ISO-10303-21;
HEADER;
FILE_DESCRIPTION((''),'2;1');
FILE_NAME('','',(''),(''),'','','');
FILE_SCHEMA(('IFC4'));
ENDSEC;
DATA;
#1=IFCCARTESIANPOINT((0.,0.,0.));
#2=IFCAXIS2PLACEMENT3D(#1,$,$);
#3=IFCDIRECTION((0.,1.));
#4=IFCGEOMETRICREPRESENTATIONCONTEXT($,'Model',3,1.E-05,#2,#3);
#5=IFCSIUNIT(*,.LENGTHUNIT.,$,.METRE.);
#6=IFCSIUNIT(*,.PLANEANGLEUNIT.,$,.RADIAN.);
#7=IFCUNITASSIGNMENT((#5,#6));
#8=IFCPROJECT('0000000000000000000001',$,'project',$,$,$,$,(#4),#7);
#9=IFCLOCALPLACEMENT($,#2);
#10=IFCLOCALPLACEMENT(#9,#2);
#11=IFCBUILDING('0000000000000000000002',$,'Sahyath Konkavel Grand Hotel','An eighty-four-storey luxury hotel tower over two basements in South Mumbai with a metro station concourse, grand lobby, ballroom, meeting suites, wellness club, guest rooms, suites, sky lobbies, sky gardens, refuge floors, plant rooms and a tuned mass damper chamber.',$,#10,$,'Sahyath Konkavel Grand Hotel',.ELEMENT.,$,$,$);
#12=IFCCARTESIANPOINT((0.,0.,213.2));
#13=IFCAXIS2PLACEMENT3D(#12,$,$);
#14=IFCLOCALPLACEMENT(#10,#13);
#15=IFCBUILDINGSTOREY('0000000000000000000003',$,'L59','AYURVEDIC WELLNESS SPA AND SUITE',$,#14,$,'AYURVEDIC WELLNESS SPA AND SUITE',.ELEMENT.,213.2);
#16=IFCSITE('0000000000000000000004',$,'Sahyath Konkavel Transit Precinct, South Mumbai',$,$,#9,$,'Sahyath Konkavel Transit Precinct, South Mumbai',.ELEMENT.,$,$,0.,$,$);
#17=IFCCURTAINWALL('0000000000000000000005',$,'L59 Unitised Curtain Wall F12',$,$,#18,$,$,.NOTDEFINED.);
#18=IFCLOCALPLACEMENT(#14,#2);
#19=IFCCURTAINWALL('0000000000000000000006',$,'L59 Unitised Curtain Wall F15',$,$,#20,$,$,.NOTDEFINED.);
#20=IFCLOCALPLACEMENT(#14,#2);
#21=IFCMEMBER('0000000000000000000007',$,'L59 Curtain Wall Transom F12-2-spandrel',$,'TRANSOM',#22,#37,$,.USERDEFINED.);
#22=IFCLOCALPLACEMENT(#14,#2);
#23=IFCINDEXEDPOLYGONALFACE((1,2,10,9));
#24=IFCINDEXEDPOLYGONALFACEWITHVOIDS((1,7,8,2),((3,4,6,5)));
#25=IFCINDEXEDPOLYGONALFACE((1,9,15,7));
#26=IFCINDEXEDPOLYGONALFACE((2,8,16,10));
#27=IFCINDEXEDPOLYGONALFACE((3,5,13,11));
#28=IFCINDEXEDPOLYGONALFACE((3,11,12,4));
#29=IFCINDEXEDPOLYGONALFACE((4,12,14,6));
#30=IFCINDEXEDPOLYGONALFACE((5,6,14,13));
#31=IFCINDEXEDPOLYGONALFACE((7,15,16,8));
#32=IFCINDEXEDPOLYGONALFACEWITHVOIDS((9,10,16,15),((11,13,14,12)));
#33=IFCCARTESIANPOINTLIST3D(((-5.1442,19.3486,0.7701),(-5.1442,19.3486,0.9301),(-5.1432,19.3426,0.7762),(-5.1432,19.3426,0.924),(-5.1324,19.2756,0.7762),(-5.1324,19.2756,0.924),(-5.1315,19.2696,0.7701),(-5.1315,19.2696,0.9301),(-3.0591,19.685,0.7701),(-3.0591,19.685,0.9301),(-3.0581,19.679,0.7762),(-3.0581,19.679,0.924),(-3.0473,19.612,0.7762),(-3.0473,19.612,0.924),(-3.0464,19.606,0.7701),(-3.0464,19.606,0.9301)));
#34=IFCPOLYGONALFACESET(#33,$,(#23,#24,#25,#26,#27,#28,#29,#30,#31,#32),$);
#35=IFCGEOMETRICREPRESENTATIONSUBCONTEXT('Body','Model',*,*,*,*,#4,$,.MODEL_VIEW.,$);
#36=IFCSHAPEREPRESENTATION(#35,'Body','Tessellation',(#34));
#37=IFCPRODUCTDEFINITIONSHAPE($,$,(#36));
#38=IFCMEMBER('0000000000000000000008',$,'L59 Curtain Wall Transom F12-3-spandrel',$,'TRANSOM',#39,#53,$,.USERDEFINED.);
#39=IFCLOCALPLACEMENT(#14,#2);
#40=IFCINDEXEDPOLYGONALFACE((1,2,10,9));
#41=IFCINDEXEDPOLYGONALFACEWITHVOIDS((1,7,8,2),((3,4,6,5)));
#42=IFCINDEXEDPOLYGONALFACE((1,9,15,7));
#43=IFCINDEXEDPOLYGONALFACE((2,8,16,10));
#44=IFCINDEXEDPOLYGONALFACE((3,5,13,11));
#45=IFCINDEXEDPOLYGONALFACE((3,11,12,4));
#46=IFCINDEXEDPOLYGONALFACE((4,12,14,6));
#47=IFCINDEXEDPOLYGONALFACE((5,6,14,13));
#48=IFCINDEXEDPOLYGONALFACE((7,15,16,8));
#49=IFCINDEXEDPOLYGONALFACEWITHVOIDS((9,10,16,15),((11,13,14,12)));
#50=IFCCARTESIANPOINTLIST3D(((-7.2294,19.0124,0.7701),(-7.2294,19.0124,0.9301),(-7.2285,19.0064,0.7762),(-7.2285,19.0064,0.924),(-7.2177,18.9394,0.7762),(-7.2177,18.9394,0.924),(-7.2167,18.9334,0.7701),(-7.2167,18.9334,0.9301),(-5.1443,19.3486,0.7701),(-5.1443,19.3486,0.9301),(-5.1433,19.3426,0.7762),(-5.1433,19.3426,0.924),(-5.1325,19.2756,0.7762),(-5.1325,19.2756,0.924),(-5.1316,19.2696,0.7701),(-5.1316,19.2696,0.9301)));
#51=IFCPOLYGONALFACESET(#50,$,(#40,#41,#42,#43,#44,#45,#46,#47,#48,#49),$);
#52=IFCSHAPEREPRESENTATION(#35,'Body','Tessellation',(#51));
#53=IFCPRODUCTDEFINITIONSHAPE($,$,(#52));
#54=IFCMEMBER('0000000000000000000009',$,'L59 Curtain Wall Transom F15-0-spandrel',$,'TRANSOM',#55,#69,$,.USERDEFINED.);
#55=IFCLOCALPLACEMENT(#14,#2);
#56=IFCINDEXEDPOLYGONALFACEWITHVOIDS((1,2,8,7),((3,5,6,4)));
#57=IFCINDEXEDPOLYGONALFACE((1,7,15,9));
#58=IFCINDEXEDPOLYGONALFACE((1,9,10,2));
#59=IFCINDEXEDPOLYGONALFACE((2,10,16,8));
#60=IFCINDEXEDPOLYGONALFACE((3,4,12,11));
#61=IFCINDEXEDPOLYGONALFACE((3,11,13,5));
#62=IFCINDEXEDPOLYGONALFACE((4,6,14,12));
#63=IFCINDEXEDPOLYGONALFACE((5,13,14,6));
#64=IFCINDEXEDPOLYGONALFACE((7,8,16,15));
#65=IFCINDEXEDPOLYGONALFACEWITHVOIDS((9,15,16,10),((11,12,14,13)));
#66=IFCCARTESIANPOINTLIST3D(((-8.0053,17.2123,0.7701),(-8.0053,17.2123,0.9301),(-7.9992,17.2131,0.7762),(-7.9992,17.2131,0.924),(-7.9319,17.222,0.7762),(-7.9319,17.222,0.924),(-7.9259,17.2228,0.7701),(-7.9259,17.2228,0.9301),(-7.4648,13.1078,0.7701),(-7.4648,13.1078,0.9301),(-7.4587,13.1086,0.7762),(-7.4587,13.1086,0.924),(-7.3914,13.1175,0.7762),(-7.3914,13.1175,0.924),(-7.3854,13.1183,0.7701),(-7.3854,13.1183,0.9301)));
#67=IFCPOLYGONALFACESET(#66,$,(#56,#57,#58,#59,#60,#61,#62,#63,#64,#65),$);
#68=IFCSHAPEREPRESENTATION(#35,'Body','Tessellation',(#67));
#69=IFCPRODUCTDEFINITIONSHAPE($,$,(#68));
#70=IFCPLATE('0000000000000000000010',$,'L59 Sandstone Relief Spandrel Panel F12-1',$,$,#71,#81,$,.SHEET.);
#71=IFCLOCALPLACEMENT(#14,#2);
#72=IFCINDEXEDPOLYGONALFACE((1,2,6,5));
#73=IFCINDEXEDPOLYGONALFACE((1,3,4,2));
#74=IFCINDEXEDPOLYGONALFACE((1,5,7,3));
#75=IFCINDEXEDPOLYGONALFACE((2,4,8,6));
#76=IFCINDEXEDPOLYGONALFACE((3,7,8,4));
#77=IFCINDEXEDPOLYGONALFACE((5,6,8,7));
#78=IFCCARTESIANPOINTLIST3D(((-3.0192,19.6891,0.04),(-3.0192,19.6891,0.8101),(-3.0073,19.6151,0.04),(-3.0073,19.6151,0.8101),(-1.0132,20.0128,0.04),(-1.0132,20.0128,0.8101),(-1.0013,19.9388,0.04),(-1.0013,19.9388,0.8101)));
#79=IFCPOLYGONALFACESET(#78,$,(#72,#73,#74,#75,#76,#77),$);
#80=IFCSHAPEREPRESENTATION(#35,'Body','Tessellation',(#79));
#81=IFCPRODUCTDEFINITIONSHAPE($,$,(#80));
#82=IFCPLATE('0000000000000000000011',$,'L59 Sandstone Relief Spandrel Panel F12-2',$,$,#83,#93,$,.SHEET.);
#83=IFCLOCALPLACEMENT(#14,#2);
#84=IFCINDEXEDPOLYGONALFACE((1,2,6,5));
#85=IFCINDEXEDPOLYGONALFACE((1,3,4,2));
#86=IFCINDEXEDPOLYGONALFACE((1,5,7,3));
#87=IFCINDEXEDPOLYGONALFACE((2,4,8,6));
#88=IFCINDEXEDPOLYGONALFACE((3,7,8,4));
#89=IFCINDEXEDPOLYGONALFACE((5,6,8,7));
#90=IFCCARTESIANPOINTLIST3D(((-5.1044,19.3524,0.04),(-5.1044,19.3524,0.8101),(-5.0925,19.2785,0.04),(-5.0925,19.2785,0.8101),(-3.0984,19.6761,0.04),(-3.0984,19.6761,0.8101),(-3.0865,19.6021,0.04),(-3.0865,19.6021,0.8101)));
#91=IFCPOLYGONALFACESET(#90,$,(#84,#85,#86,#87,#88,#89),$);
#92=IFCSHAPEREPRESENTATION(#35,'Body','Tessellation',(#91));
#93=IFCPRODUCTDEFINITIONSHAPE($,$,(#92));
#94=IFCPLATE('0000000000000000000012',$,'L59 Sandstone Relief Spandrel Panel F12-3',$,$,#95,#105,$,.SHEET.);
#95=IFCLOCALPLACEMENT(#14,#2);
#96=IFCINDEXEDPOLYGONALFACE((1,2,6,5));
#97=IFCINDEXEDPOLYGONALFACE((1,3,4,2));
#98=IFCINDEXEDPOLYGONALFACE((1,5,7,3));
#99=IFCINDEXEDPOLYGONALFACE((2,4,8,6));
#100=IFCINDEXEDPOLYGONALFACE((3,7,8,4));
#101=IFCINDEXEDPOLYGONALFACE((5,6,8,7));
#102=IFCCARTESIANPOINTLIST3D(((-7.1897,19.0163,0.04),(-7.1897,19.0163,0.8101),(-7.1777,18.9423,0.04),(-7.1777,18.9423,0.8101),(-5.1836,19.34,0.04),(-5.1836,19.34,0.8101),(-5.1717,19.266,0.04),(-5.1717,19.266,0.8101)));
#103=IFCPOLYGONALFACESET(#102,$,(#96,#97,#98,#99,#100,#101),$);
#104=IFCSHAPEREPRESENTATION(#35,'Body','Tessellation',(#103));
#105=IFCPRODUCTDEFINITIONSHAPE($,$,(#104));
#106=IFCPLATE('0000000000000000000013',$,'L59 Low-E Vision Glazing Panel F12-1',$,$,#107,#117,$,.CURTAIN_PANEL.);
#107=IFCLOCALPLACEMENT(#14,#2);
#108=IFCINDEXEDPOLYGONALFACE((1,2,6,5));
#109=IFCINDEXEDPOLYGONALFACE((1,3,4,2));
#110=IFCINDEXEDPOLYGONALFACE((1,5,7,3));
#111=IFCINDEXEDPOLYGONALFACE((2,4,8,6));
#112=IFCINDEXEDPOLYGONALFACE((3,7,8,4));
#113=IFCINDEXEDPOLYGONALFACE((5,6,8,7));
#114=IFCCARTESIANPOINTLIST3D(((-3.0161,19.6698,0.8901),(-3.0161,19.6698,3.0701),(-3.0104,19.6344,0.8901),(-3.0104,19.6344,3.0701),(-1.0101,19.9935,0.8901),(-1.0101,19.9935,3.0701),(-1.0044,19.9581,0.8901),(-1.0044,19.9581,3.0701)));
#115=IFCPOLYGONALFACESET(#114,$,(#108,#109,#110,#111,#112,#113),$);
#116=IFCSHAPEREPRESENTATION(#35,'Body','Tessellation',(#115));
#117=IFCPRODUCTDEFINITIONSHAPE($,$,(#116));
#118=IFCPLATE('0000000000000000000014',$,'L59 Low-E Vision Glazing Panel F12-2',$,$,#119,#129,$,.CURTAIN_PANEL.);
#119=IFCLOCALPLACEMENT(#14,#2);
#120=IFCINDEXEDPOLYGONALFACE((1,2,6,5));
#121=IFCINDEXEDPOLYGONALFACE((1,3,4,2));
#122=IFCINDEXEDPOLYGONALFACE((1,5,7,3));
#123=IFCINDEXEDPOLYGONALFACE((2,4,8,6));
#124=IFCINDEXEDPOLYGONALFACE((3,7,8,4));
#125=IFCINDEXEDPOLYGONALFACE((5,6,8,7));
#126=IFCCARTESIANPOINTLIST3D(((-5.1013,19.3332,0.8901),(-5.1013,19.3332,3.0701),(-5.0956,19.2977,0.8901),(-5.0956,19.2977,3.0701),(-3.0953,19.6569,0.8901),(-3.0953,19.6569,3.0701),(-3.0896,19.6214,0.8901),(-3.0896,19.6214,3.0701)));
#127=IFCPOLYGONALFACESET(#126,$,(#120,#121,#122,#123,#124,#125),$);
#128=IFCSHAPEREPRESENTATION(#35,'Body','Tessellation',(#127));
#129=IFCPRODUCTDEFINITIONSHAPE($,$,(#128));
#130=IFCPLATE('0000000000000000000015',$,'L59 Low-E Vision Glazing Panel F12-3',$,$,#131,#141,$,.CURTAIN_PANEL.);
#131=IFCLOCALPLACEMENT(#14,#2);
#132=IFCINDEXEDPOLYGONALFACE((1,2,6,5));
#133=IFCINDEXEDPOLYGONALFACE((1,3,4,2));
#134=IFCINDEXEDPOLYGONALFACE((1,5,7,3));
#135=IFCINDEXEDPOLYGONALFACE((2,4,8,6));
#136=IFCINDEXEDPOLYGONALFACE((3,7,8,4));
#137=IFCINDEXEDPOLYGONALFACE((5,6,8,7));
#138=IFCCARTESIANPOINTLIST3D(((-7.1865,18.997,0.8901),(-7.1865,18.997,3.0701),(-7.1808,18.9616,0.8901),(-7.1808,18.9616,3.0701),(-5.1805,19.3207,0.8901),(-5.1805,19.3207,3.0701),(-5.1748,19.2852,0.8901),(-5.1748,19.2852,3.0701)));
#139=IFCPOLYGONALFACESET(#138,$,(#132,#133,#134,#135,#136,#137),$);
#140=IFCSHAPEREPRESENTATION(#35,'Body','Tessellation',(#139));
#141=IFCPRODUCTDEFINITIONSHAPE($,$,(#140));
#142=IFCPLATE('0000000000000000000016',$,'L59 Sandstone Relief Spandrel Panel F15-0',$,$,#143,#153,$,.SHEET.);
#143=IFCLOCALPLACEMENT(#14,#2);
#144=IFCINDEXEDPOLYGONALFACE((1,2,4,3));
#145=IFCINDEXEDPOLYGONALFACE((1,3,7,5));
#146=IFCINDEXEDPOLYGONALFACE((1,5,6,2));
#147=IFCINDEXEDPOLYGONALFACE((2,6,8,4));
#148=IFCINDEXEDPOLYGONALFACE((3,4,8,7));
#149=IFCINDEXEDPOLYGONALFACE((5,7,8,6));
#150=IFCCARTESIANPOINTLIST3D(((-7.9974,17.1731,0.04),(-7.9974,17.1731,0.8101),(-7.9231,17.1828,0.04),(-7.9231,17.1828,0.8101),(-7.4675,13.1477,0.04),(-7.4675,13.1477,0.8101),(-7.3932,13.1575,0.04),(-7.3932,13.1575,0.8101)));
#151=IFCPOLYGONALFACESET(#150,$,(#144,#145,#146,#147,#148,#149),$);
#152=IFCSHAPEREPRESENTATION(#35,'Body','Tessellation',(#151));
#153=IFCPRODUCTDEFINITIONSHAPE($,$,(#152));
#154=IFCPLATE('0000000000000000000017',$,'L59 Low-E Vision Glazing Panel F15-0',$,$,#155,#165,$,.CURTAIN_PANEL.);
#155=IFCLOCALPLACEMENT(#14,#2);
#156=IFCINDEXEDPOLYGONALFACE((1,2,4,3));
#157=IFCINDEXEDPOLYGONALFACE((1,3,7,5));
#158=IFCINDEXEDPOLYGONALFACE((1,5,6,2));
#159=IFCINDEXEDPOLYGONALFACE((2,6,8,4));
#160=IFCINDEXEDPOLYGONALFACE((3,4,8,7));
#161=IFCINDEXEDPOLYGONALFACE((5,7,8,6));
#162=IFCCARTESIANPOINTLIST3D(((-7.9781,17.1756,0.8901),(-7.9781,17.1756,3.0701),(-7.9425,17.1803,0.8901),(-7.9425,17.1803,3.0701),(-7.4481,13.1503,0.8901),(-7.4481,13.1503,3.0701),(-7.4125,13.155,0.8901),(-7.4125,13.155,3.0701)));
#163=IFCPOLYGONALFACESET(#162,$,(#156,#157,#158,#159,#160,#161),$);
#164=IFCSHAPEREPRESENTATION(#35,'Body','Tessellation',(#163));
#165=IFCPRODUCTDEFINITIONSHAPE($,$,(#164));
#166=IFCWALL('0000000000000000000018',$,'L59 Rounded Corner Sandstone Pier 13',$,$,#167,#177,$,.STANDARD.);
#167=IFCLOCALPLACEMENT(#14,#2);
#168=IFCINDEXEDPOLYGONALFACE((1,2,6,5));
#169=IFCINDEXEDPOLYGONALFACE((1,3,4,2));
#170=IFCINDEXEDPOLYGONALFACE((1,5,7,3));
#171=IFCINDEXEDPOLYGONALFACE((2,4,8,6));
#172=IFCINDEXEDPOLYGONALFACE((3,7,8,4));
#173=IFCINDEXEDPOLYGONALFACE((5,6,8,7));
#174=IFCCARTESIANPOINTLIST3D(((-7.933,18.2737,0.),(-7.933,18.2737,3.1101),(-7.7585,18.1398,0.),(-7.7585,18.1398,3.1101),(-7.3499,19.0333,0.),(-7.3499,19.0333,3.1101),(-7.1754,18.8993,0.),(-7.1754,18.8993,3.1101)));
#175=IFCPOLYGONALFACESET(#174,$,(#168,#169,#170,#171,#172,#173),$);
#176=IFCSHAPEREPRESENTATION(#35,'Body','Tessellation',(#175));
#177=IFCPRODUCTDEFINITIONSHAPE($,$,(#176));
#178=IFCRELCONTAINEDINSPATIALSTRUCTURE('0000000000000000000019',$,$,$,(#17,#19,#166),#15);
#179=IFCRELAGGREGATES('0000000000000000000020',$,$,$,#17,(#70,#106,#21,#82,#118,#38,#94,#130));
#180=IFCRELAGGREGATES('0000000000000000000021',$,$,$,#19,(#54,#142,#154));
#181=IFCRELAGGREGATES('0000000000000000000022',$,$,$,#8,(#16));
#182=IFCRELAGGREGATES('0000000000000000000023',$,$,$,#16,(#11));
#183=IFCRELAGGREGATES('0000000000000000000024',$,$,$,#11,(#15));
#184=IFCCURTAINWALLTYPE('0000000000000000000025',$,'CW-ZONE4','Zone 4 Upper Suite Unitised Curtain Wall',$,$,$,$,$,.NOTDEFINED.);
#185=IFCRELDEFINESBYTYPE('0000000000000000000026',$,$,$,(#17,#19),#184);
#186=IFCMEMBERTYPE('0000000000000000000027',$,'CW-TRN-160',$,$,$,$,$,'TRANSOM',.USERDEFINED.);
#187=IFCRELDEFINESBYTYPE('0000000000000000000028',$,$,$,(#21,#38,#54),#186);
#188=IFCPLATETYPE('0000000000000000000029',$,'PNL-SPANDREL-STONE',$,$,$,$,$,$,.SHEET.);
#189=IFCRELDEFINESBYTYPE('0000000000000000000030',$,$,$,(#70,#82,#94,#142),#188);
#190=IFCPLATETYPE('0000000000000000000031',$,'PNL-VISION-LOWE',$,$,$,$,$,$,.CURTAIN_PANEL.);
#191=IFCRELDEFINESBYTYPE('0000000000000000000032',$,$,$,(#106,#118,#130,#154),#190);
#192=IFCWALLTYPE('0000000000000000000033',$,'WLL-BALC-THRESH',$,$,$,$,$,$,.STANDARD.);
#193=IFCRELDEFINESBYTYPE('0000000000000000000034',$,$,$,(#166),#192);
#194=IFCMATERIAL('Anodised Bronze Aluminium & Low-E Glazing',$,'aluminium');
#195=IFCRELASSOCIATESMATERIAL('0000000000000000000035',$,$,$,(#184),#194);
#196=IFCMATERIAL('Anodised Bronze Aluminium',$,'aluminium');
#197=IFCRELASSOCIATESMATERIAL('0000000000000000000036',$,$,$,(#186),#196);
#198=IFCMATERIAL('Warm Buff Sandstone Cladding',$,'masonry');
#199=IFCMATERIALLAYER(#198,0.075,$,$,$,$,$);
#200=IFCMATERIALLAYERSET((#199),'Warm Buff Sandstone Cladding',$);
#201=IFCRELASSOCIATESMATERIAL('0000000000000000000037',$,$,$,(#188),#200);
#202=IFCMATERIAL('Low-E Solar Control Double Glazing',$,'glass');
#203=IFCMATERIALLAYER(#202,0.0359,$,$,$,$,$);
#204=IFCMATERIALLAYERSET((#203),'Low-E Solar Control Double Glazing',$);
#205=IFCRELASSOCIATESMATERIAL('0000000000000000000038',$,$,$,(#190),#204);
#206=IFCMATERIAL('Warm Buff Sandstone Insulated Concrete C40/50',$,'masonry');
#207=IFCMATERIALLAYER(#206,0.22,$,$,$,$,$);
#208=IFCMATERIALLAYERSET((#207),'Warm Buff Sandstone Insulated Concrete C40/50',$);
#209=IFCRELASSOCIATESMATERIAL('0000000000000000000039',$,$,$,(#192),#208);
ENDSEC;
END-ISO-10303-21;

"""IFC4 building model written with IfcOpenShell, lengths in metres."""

from ifc_helpers import new_model, si_unit, direction, frame, frame_2d, origin, origin_2d, place, context, subcontext, project, spatial, rectangle, hollow_rectangle, extrude, source, transform, mapped, material, layer, layer_set, material_profile, profile_set, type_object, element, aggregate, save


model = new_model("IFC4")

# Units and contexts
model_context = context("Model", 3, precision=1e-05, world=origin(), true_north=direction((0.0, 1.0)))
body_context = subcontext(model_context, "Body", "Model", "MODEL_VIEW")
ifc_project = project(units=[si_unit("LENGTHUNIT", "METRE"), si_unit("PLANEANGLEUNIT", "RADIAN")], contexts=[model_context])

# Site, building, storey
site_placement = place(None, origin())
site = spatial("IfcSite", under=ifc_project, at=site_placement, Name="Sahyath Konkavel Transit Precinct, South Mumbai", LongName="Sahyath Konkavel Transit Precinct, South Mumbai", CompositionType="ELEMENT", RefElevation=0.0)
building_placement = place(site_placement, origin())
building = spatial("IfcBuilding", under=site, at=building_placement, Name="Sahyath Konkavel Grand Hotel", Description="An eighty-four-storey luxury hotel tower over two basements in South Mumbai with a metro station concourse, grand lobby, ballroom, meeting suites, wellness club, guest rooms, suites, sky lobbies, sky gardens, refuge floors, plant rooms and a tuned mass damper chamber.", LongName="Sahyath Konkavel Grand Hotel", CompositionType="ELEMENT")
storey_placement = place(building_placement, frame((0.0, 0.0, 213.2)))
storey = spatial("IfcBuildingStorey", under=building, at=storey_placement, Name="L59", Description="AYURVEDIC WELLNESS SPA AND SUITE", LongName="AYURVEDIC WELLNESS SPA AND SUITE", CompositionType="ELEMENT", Elevation=213.2)

# Curtain wall
ifc_material_1 = material(Name="Anodised Bronze Aluminium & Low-E Glazing", Category="aluminium")
curtain_wall_type = type_object("IfcCurtainWallType", Name="CW-ZONE4", Description="Zone 4 Upper Suite Unitised Curtain Wall", PredefinedType="NOTDEFINED", material=ifc_material_1)
curtain_wall_1_placement = place(storey_placement, origin())
curtain_wall_1 = element("IfcCurtainWall", 1, at=curtain_wall_1_placement, inside=storey, type_object=curtain_wall_type, Name="L59 Unitised Curtain Wall F12", PredefinedType="NOTDEFINED")
ifc_material_2 = material(Name="Anodised Bronze Aluminium", Category="aluminium")

# Curtain wall
curtain_wall_2_placement = place(storey_placement, origin())
curtain_wall_2 = element("IfcCurtainWall", 2, at=curtain_wall_2_placement, inside=storey, type_object=curtain_wall_type, Name="L59 Unitised Curtain Wall F15", PredefinedType="NOTDEFINED")

# Members
ifc_material_profile_1 = material_profile(ifc_material_2, hollow_rectangle(XDim=0.0801, YDim=0.1599, WallThickness=0.0061, at=origin_2d()), Name="RHS 160x80x6")
ifc_profile_set_1 = profile_set([ifc_material_profile_1], Name="Anodised Bronze Aluminium")
member_type_1 = type_object("IfcMemberType", Name="CW-TRN-160", ElementType="TRANSOM", PredefinedType="USERDEFINED", material=ifc_profile_set_1)
shared_shape_1 = source(origin(), body_context, "Body", "SweptSolid", [
    extrude(hollow_rectangle(XDim=0.0801, YDim=0.1599, WallThickness=0.0061, at=origin_2d()), origin(), (0.0, 0.0, 1.0), 2.1121),
])
member_1_placement = place(storey_placement, frame((-3.0527, 19.6455, 0.8501), z_axis=(-0.987233, -0.15928, 0.0), x_axis=(0.15928, -0.987233, 0.0)))
member_1 = element("IfcMember", 3, at=member_1_placement, type_object=member_type_1, Name="L59 Curtain Wall Transom F12-2-spandrel", ObjectType="TRANSOM", PredefinedType="USERDEFINED", context=body_context, shape_type="MappedRepresentation", body=[
    mapped(shared_shape_1, transform((0.0, 0.0, 0.0), scale=1.0)),
])
member_2_placement = place(storey_placement, frame((-5.1379, 19.3091, 0.8501), z_axis=(-0.987252, -0.159167, 0.0), x_axis=(0.159167, -0.987252, 0.0)))
member_2 = element("IfcMember", 4, at=member_2_placement, type_object=member_type_1, Name="L59 Curtain Wall Transom F12-3-spandrel", ObjectType="TRANSOM", PredefinedType="USERDEFINED", context=body_context, shape_type="MappedRepresentation", body=[
    mapped(shared_shape_1, transform((0.0, 0.0, 0.0), scale=1.0)),
])
shared_shape_2 = source(origin(), body_context, "Body", "SweptSolid", [
    extrude(hollow_rectangle(XDim=0.0801, YDim=0.1599, WallThickness=0.0061, at=origin_2d()), origin(), (0.0, 0.0, 1.0), 4.1399),
])
member_3_placement = place(storey_placement, frame((-7.9656, 17.2175, 0.8501), z_axis=(0.130564, -0.99144, 0.0), x_axis=(0.99144, 0.130564, 0.0)))
member_3 = element("IfcMember", 5, at=member_3_placement, type_object=member_type_1, Name="L59 Curtain Wall Transom F15-0-spandrel", ObjectType="TRANSOM", PredefinedType="USERDEFINED", context=body_context, shape_type="MappedRepresentation", body=[
    mapped(shared_shape_2, transform((0.0, 0.0, 0.0), scale=1.0)),
])

# Plates
ifc_material_3 = material(Name="Warm Buff Sandstone Cladding", Category="masonry")
ifc_layer_1 = layer(ifc_material_3, 0.075)
ifc_layer_set_1 = layer_set([ifc_layer_1], Name="Warm Buff Sandstone Cladding")
plate_type_1 = type_object("IfcPlateType", Name="PNL-SPANDREL-STONE", PredefinedType="SHEET", material=ifc_layer_set_1)
shared_shape_3 = source(origin(), body_context, "Body", "SweptSolid", [
    extrude(rectangle(XDim=2.032, YDim=0.075, at=origin_2d()), origin(), (0.0, 0.0, 1.0), 0.77),
])
plate_1_placement = place(storey_placement, frame((-2.0103, 19.814, 0.04), z_axis=(0.0, 0.0, 1.0), x_axis=(-0.987231, -0.159295, 0.0)))
plate_1 = element("IfcPlate", 6, at=plate_1_placement, type_object=plate_type_1, Name="L59 Sandstone Relief Spandrel Panel F12-1", PredefinedType="SHEET", context=body_context, shape_type="MappedRepresentation", body=[
    mapped(shared_shape_3, transform((0.0, 0.0, 0.0), scale=1.0)),
])
plate_2_placement = place(storey_placement, frame((-4.0955, 19.4773, 0.04), z_axis=(0.0, 0.0, 1.0), x_axis=(-0.987231, -0.159295, 0.0)))
plate_2 = element("IfcPlate", 7, at=plate_2_placement, type_object=plate_type_1, Name="L59 Sandstone Relief Spandrel Panel F12-2", PredefinedType="SHEET", context=body_context, shape_type="MappedRepresentation", body=[
    mapped(shared_shape_3, transform((0.0, 0.0, 0.0), scale=1.0)),
])
plate_3_placement = place(storey_placement, frame((-6.1807, 19.1411, 0.04), z_axis=(0.0, 0.0, 1.0), x_axis=(-0.987231, -0.159295, 0.0)))
plate_3 = element("IfcPlate", 8, at=plate_3_placement, type_object=plate_type_1, Name="L59 Sandstone Relief Spandrel Panel F12-3", PredefinedType="SHEET", context=body_context, shape_type="MappedRepresentation", body=[
    mapped(shared_shape_3, transform((0.0, 0.0, 0.0), scale=1.0)),
])
ifc_material_4 = material(Name="Low-E Solar Control Double Glazing", Category="glass")
ifc_layer_2 = layer(ifc_material_4, 0.0359)
ifc_layer_set_2 = layer_set([ifc_layer_2], Name="Low-E Solar Control Double Glazing")
plate_type_2 = type_object("IfcPlateType", Name="PNL-VISION-LOWE", PredefinedType="CURTAIN_PANEL", material=ifc_layer_set_2)
shared_shape_4 = source(origin(), body_context, "Body", "SweptSolid", [
    extrude(rectangle(XDim=2.032, YDim=0.0359, at=origin_2d()), origin(), (0.0, 0.0, 1.0), 2.1799),
])
plate_4_placement = place(storey_placement, frame((-2.0103, 19.814, 0.8901), z_axis=(0.0, 0.0, 1.0), x_axis=(-0.987231, -0.159295, 0.0)))
plate_4 = element("IfcPlate", 9, at=plate_4_placement, type_object=plate_type_2, Name="L59 Low-E Vision Glazing Panel F12-1", PredefinedType="CURTAIN_PANEL", context=body_context, shape_type="MappedRepresentation", body=[
    mapped(shared_shape_4, transform((0.0, 0.0, 0.0), scale=1.0)),
])
plate_5_placement = place(storey_placement, frame((-4.0955, 19.4773, 0.8901), z_axis=(0.0, 0.0, 1.0), x_axis=(-0.987231, -0.159295, 0.0)))
plate_5 = element("IfcPlate", 10, at=plate_5_placement, type_object=plate_type_2, Name="L59 Low-E Vision Glazing Panel F12-2", PredefinedType="CURTAIN_PANEL", context=body_context, shape_type="MappedRepresentation", body=[
    mapped(shared_shape_4, transform((0.0, 0.0, 0.0), scale=1.0)),
])
plate_6_placement = place(storey_placement, frame((-6.1807, 19.1411, 0.8901), z_axis=(0.0, 0.0, 1.0), x_axis=(-0.987231, -0.159295, 0.0)))
plate_6 = element("IfcPlate", 11, at=plate_6_placement, type_object=plate_type_2, Name="L59 Low-E Vision Glazing Panel F12-3", PredefinedType="CURTAIN_PANEL", context=body_context, shape_type="MappedRepresentation", body=[
    mapped(shared_shape_4, transform((0.0, 0.0, 0.0), scale=1.0)),
])
aggregate(curtain_wall_1, [plate_1, plate_4, member_1, plate_2, plate_5, member_2, plate_3, plate_6])
shared_shape_5 = source(origin(), body_context, "Body", "SweptSolid", [
    extrude(rectangle(XDim=4.0601, YDim=0.075, at=origin_2d()), origin(), (0.0, 0.0, 1.0), 0.77),
])
plate_7_placement = place(storey_placement, frame((-7.6953, 15.1653, 0.04), z_axis=(0.0, 0.0, 1.0), x_axis=(0.130526, -0.991445, 0.0)))
plate_7 = element("IfcPlate", 12, at=plate_7_placement, type_object=plate_type_1, Name="L59 Sandstone Relief Spandrel Panel F15-0", PredefinedType="SHEET", context=body_context, shape_type="MappedRepresentation", body=[
    mapped(shared_shape_5, transform((0.0, 0.0, 0.0), scale=1.0)),
])
shared_shape_6 = source(origin(), body_context, "Body", "SweptSolid", [
    extrude(rectangle(XDim=4.0601, YDim=0.0359, at=origin_2d()), origin(), (0.0, 0.0, 1.0), 2.1799),
])
plate_8_placement = place(storey_placement, frame((-7.6953, 15.1653, 0.8901), z_axis=(0.0, 0.0, 1.0), x_axis=(0.130526, -0.991445, 0.0)))
plate_8 = element("IfcPlate", 13, at=plate_8_placement, type_object=plate_type_2, Name="L59 Low-E Vision Glazing Panel F15-0", PredefinedType="CURTAIN_PANEL", context=body_context, shape_type="MappedRepresentation", body=[
    mapped(shared_shape_6, transform((0.0, 0.0, 0.0), scale=1.0)),
])
aggregate(curtain_wall_2, [member_3, plate_7, plate_8])

# Wall
ifc_material_5 = material(Name="Warm Buff Sandstone Insulated Concrete C40/50", Category="masonry")
ifc_layer_3 = layer(ifc_material_5, 0.22)
ifc_layer_set_3 = layer_set([ifc_layer_3], Name="Warm Buff Sandstone Insulated Concrete C40/50")
wall_type_1 = type_object("IfcWallType", Name="WLL-BALC-THRESH", PredefinedType="STANDARD", material=ifc_layer_set_3)
wall_1_placement = place(storey_placement, frame((-7.2627, 18.9663, 0.0), z_axis=(0.0, 0.0, 1.0), x_axis=(-0.608897, -0.793249, 0.0)))
element("IfcWall", 14, at=wall_1_placement, inside=storey, type_object=wall_type_1, Name="L59 Rounded Corner Sandstone Pier 13", PredefinedType="STANDARD", context=body_context, shape_type="SweptSolid", body=[
    extrude(rectangle(XDim=0.9575, YDim=0.22, at=frame_2d((0.4788, 0.0))), origin(), (0.0, 0.0, 1.0), 3.1101),
])

save(model, "model.ifc")
